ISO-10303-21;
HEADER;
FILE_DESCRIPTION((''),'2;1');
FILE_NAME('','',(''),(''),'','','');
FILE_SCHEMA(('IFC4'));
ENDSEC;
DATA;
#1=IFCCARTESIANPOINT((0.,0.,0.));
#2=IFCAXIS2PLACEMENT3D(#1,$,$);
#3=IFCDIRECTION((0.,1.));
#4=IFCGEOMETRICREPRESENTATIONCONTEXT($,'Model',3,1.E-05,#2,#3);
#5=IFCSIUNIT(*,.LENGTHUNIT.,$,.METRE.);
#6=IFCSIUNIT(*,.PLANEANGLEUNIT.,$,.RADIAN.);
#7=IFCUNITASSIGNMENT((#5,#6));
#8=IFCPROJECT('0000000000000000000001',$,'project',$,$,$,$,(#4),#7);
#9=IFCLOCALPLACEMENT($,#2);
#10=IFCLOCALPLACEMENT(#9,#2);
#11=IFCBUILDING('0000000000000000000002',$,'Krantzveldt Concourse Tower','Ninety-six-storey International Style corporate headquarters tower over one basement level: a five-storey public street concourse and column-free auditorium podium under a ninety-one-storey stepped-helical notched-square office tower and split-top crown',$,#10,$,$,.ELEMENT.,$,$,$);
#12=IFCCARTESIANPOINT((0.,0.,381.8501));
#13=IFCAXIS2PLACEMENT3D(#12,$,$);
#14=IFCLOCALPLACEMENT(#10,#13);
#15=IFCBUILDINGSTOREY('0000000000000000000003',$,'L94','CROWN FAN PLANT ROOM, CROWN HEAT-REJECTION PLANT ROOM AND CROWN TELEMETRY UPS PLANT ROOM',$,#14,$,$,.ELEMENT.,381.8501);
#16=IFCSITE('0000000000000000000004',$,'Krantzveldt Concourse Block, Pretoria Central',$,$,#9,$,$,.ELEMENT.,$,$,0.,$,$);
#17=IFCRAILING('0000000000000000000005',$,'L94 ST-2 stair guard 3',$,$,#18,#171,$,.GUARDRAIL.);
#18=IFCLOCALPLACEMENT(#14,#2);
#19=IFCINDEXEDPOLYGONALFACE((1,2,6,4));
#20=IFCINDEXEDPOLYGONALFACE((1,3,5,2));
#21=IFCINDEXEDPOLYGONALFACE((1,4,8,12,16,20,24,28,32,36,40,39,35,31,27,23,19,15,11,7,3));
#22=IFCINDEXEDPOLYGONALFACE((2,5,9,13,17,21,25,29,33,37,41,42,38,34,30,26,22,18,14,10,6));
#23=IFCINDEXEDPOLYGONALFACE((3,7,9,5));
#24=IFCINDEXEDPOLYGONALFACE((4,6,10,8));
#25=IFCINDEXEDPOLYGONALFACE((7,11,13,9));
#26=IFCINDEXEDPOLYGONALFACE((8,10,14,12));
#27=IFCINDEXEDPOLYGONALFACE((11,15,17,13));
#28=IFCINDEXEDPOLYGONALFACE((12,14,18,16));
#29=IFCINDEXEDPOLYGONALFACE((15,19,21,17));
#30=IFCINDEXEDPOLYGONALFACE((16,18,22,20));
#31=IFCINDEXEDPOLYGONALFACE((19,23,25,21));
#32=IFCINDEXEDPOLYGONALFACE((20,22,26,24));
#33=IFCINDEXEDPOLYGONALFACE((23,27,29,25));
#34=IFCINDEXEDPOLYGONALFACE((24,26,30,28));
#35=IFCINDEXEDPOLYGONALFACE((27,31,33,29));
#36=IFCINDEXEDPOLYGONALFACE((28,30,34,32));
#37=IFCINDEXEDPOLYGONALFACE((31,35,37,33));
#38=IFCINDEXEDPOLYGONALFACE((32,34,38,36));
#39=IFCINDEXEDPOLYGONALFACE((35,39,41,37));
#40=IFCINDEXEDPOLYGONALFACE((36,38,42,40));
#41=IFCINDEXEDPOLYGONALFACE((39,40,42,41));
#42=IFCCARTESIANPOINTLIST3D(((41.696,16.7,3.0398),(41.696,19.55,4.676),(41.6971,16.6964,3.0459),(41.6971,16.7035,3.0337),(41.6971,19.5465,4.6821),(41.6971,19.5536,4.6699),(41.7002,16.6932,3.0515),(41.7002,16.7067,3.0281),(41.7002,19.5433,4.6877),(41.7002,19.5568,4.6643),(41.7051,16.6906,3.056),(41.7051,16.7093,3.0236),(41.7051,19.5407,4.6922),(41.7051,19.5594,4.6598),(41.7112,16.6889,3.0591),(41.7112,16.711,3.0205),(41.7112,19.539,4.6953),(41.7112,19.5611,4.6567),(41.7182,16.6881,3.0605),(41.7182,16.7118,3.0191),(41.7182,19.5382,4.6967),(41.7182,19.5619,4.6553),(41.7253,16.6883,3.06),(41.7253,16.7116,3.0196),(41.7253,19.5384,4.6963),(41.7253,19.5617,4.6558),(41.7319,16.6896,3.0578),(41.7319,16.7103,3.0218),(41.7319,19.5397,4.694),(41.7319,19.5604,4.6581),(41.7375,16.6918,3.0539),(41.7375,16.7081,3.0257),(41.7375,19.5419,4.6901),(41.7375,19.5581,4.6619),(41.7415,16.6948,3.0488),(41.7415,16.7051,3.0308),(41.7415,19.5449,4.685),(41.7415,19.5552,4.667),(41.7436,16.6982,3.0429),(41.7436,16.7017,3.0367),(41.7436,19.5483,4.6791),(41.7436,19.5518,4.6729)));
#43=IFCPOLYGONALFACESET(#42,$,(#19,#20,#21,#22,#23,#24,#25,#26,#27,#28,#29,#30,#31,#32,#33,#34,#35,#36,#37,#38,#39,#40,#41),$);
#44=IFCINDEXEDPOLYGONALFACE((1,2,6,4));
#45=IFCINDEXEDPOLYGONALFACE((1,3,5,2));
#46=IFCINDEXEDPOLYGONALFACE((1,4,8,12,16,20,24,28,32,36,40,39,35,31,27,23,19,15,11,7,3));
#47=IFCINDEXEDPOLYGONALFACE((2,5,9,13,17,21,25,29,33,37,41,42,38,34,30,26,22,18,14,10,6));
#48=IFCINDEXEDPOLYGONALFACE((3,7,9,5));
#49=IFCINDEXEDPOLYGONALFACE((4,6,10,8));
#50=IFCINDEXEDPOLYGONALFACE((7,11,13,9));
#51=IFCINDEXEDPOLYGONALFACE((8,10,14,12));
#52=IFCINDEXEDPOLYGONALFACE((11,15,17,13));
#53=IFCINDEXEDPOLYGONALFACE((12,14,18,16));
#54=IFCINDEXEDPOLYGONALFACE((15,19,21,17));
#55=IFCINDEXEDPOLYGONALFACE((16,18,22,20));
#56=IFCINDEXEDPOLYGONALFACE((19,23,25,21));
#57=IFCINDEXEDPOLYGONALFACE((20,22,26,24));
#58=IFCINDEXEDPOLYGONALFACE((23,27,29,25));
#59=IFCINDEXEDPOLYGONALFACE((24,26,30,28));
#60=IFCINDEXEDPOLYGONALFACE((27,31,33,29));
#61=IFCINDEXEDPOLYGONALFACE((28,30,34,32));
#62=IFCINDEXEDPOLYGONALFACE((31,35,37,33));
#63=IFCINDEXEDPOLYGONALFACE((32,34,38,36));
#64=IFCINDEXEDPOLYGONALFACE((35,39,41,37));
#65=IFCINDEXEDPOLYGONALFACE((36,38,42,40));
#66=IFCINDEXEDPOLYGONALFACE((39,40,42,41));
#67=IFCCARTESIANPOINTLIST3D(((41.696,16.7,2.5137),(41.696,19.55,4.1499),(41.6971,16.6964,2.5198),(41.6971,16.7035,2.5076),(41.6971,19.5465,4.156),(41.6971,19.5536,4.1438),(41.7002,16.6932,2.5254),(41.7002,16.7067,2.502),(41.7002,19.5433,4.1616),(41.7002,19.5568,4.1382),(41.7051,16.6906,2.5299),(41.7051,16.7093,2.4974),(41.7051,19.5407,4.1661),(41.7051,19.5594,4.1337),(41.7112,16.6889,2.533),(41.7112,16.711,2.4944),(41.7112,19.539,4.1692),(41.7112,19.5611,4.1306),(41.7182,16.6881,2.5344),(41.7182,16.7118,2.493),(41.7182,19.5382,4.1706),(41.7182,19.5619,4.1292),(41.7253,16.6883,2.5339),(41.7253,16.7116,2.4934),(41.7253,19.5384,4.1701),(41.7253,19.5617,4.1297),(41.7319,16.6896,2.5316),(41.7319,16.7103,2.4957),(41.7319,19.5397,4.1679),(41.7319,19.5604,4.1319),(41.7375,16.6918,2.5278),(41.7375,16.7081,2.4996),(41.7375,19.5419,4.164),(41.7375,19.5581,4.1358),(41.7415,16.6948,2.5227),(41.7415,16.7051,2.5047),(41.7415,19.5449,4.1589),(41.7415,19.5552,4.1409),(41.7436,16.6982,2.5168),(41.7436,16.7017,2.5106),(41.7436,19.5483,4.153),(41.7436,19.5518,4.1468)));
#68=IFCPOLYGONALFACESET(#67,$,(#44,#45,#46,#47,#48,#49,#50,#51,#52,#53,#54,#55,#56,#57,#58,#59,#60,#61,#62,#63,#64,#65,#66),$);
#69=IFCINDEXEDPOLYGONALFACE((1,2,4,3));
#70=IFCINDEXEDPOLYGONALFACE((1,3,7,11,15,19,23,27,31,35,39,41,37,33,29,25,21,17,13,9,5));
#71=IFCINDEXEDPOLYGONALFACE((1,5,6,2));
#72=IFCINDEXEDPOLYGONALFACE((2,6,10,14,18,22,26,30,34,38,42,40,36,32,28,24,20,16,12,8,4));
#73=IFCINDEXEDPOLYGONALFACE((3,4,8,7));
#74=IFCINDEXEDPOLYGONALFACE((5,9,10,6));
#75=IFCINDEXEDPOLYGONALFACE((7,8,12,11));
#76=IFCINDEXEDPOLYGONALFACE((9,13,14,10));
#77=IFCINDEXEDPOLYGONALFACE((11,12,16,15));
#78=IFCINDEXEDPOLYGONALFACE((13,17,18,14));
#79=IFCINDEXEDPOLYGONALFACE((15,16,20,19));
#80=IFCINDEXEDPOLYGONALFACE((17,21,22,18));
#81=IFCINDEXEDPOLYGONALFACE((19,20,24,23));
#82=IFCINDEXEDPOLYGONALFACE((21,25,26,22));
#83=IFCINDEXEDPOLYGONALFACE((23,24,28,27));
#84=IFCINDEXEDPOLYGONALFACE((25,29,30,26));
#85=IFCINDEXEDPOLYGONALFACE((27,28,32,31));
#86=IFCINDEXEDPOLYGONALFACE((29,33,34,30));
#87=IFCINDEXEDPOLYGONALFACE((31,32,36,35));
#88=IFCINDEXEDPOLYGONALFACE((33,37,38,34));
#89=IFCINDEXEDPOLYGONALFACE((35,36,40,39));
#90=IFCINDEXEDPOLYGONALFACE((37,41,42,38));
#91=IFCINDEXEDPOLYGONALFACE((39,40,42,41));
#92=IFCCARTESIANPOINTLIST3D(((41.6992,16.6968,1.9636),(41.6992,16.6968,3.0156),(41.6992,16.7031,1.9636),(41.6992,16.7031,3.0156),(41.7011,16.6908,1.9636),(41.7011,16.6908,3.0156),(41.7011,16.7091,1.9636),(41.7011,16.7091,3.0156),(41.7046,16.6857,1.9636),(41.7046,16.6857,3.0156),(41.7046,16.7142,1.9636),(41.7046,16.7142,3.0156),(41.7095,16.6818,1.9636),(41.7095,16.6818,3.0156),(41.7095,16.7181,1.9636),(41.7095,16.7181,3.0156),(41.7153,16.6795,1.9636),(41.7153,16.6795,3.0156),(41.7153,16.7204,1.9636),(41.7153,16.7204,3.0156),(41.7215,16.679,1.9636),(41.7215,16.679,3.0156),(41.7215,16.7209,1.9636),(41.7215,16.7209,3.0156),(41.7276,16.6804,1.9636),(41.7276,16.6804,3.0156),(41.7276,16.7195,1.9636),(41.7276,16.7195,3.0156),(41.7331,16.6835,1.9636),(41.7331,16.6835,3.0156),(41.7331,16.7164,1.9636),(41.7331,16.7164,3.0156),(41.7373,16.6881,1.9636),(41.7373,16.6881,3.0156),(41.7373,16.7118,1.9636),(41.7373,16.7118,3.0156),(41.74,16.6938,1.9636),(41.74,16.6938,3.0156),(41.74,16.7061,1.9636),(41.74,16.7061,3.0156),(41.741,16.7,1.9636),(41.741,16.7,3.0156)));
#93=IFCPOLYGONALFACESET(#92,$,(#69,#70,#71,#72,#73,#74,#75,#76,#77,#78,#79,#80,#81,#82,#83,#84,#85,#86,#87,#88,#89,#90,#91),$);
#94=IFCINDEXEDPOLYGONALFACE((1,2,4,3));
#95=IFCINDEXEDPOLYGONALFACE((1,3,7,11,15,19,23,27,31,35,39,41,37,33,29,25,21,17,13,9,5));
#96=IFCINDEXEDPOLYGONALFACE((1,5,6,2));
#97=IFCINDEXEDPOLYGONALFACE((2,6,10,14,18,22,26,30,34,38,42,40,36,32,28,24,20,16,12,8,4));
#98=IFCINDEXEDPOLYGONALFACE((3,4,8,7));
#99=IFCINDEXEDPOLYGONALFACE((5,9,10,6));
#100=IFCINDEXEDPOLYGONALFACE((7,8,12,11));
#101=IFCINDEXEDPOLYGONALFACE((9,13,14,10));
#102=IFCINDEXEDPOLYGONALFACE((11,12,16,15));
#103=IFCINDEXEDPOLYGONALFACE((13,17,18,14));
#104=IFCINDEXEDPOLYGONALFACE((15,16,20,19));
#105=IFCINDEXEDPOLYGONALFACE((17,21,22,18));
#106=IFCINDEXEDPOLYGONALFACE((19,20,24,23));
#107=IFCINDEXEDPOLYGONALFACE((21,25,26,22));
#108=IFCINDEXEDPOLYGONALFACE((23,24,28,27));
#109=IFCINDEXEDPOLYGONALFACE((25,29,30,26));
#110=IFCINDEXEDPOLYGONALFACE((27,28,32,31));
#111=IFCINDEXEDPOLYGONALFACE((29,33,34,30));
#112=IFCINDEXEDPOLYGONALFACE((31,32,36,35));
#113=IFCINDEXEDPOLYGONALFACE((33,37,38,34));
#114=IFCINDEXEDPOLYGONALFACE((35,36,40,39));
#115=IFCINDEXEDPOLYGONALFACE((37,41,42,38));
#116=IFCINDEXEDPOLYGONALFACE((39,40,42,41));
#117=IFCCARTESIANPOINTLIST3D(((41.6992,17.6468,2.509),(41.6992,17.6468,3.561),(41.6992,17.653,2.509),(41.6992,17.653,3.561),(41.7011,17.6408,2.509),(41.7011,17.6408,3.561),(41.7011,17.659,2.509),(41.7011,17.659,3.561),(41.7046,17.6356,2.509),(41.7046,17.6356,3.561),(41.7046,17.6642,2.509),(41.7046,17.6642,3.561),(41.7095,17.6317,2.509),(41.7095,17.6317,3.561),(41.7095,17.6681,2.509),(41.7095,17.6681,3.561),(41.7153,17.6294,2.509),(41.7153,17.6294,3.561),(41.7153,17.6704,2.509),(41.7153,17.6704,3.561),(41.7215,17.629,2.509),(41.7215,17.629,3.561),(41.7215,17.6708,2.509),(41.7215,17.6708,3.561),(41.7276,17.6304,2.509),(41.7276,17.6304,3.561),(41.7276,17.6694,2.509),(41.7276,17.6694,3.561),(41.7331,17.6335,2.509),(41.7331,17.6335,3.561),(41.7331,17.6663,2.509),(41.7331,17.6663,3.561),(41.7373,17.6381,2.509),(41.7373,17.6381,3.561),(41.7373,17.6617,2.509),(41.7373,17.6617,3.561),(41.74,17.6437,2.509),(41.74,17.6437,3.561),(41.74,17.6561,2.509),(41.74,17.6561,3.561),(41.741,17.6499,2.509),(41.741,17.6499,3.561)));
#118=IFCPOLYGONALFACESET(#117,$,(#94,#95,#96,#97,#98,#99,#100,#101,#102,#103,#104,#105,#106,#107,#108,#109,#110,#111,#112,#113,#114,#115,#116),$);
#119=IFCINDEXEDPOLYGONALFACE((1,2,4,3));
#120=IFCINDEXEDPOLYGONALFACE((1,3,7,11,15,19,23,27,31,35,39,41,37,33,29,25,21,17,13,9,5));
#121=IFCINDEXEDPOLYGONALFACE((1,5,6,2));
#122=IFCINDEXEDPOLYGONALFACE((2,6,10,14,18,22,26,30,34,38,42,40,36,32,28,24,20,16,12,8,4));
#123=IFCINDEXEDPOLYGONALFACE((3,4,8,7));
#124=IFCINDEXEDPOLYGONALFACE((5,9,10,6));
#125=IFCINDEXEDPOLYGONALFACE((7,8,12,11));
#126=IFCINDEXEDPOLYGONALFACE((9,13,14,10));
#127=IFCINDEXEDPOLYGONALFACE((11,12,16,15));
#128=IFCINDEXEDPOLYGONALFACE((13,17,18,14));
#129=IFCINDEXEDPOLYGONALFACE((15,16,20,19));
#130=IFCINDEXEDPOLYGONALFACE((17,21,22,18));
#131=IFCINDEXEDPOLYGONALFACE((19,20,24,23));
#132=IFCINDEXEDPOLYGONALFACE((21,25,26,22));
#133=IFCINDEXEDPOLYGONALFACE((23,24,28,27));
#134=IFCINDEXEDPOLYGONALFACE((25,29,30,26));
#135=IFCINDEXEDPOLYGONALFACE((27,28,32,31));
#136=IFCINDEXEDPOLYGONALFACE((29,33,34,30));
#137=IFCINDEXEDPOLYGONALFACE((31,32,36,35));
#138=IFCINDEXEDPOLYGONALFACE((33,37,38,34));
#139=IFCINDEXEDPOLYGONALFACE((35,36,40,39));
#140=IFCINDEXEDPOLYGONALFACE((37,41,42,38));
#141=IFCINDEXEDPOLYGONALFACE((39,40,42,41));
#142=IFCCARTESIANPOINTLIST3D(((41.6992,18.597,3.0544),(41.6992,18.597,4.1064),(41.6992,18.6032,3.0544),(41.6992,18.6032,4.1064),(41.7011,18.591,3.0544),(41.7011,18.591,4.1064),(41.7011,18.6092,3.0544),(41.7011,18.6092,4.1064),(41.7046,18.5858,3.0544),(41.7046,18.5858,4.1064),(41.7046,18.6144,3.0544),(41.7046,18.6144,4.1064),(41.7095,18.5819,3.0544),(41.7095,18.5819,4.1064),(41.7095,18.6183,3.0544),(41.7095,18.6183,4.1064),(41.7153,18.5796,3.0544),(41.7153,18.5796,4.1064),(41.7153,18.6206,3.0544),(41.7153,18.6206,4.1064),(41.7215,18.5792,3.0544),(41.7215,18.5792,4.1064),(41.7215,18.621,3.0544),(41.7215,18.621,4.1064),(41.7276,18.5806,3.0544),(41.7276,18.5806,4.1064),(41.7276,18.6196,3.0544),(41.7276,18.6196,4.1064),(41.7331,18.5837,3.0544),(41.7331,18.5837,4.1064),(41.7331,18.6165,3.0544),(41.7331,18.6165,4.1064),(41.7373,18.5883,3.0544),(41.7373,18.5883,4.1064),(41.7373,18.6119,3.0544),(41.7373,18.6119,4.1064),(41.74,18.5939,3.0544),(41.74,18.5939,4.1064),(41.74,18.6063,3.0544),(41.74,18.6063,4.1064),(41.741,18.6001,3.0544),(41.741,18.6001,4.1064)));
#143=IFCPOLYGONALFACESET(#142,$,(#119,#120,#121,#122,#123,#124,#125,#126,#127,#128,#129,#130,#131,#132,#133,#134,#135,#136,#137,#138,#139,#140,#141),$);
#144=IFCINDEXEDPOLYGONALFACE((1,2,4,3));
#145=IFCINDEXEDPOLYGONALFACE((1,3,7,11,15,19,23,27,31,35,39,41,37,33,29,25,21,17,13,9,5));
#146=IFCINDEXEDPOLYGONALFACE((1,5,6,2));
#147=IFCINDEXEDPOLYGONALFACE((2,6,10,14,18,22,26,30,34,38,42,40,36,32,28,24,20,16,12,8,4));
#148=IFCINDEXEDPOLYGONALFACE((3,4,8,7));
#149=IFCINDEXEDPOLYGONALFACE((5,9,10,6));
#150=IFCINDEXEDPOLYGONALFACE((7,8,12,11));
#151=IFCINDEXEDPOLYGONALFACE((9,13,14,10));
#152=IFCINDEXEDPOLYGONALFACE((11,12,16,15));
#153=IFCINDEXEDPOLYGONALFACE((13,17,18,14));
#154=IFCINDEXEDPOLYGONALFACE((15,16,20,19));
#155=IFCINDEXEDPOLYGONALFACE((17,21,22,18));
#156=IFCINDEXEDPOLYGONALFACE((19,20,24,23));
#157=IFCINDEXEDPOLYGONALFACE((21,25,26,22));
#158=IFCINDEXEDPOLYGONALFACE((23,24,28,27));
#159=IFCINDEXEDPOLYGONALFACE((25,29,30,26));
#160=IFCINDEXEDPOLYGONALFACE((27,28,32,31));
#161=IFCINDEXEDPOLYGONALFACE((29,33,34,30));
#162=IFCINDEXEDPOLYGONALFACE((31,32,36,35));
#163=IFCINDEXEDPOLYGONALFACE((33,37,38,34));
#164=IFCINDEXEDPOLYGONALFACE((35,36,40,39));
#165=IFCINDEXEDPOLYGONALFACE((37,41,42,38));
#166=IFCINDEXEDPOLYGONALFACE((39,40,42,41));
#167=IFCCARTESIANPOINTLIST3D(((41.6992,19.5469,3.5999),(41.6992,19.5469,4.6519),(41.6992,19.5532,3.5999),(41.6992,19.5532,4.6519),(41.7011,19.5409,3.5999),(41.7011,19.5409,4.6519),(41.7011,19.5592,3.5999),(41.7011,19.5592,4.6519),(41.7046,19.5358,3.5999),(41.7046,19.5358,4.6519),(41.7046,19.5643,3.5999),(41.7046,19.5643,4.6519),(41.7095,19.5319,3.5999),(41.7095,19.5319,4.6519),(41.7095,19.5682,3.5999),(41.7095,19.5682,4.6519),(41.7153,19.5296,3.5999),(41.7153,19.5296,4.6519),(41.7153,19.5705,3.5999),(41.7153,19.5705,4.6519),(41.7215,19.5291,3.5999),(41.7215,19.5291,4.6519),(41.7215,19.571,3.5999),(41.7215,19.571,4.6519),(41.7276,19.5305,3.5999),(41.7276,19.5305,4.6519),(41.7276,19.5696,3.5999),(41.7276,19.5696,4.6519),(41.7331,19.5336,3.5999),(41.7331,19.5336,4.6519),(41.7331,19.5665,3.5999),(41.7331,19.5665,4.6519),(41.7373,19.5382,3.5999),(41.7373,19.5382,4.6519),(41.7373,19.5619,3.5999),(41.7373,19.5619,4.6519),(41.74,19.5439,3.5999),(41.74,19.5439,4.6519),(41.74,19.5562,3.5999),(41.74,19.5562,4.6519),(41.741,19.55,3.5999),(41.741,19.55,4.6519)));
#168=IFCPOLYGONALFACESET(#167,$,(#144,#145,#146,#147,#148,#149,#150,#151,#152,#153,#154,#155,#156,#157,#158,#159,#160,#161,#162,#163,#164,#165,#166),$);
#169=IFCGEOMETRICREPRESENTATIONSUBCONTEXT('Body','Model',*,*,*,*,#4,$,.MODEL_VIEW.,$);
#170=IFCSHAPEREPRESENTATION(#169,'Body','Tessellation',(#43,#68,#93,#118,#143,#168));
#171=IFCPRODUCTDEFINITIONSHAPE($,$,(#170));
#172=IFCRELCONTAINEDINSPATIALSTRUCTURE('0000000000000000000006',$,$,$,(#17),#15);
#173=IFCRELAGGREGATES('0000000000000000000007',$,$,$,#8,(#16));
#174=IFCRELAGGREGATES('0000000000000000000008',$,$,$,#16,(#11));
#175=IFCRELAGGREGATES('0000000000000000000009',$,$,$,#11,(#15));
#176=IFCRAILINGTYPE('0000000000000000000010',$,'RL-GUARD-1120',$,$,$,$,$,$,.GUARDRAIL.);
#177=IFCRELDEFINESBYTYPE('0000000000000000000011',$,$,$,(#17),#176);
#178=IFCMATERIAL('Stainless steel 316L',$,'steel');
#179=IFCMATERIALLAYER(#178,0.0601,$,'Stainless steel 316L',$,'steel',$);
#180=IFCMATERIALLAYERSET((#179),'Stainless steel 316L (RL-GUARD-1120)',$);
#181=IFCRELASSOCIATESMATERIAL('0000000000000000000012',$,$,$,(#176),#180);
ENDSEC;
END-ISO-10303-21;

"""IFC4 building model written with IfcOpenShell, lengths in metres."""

from ifc_helpers import new_model, si_unit, direction, frame, origin, origin_2d, place, context, subcontext, project, spatial, circle, extrude, material, layer, layer_set, type_object, element, save


model = new_model("IFC4")

# Units and contexts
model_context = context("Model", 3, precision=1e-05, world=origin(), true_north=direction((0.0, 1.0)))
body_context = subcontext(model_context, "Body", "Model", "MODEL_VIEW")
ifc_project = project(units=[si_unit("LENGTHUNIT", "METRE"), si_unit("PLANEANGLEUNIT", "RADIAN")], contexts=[model_context])

# Site, building, storey
site_placement = place(None, origin())
site = spatial("IfcSite", under=ifc_project, at=site_placement, Name="Krantzveldt Concourse Block, Pretoria Central", CompositionType="ELEMENT", RefElevation=0.0)
building_placement = place(site_placement, origin())
building = spatial("IfcBuilding", under=site, at=building_placement, Name="Krantzveldt Concourse Tower", Description="Ninety-six-storey International Style corporate headquarters tower over one basement level: a five-storey public street concourse and column-free auditorium podium under a ninety-one-storey stepped-helical notched-square office tower and split-top crown", CompositionType="ELEMENT")
storey_placement = place(building_placement, frame((0.0, 0.0, 381.8501)))
storey = spatial("IfcBuildingStorey", under=building, at=storey_placement, Name="L94", Description="CROWN FAN PLANT ROOM, CROWN HEAT-REJECTION PLANT ROOM AND CROWN TELEMETRY UPS PLANT ROOM", CompositionType="ELEMENT", Elevation=381.8501)

# Railing
ifc_material_1 = material(Name="Stainless steel 316L", Category="steel")
ifc_layer_1 = layer(ifc_material_1, 0.0601, Name="Stainless steel 316L", Category="steel")
ifc_layer_set_1 = layer_set([ifc_layer_1], Name="Stainless steel 316L (RL-GUARD-1120)")
railing_type_1 = type_object("IfcRailingType", Name="RL-GUARD-1120", PredefinedType="GUARDRAIL", material=ifc_layer_set_1)
railing_1_placement = place(storey_placement, frame((41.72, 16.7, 1.9636)))
element("IfcRailing", 1, at=railing_1_placement, inside=storey, type_object=railing_type_1, Name="L94 ST-2 stair guard 3", PredefinedType="GUARDRAIL", context=body_context, shape_type="SweptSolid", body=[
    extrude(circle(Radius=0.0239, at=origin_2d()), frame((0.0, 0.0, 1.0762), z_axis=(0.0, 0.867245, 0.497882), x_axis=(-1.0, 0.0, 0.0)), (0.0, 0.0, 1.0), 3.2864),
    extrude(circle(Radius=0.0239, at=origin_2d()), frame((0.0, 0.0, 0.55), z_axis=(0.0, 0.867245, 0.497882), x_axis=(-1.0, 0.0, 0.0)), (0.0, 0.0, 1.0), 3.2864),
    extrude(circle(Radius=0.021, at=origin_2d()), origin(), (0.0, 0.0, 1.0), 1.052),
    extrude(circle(Radius=0.021, at=origin_2d()), frame((0.0, 0.95, 0.5454)), (0.0, 0.0, 1.0), 1.052),
    extrude(circle(Radius=0.021, at=origin_2d()), frame((0.0, 1.9001, 1.0908)), (0.0, 0.0, 1.0), 1.052),
    extrude(circle(Radius=0.021, at=origin_2d()), frame((0.0, 2.8501, 1.6362)), (0.0, 0.0, 1.0), 1.052),
])

save(model, "model.ifc")
